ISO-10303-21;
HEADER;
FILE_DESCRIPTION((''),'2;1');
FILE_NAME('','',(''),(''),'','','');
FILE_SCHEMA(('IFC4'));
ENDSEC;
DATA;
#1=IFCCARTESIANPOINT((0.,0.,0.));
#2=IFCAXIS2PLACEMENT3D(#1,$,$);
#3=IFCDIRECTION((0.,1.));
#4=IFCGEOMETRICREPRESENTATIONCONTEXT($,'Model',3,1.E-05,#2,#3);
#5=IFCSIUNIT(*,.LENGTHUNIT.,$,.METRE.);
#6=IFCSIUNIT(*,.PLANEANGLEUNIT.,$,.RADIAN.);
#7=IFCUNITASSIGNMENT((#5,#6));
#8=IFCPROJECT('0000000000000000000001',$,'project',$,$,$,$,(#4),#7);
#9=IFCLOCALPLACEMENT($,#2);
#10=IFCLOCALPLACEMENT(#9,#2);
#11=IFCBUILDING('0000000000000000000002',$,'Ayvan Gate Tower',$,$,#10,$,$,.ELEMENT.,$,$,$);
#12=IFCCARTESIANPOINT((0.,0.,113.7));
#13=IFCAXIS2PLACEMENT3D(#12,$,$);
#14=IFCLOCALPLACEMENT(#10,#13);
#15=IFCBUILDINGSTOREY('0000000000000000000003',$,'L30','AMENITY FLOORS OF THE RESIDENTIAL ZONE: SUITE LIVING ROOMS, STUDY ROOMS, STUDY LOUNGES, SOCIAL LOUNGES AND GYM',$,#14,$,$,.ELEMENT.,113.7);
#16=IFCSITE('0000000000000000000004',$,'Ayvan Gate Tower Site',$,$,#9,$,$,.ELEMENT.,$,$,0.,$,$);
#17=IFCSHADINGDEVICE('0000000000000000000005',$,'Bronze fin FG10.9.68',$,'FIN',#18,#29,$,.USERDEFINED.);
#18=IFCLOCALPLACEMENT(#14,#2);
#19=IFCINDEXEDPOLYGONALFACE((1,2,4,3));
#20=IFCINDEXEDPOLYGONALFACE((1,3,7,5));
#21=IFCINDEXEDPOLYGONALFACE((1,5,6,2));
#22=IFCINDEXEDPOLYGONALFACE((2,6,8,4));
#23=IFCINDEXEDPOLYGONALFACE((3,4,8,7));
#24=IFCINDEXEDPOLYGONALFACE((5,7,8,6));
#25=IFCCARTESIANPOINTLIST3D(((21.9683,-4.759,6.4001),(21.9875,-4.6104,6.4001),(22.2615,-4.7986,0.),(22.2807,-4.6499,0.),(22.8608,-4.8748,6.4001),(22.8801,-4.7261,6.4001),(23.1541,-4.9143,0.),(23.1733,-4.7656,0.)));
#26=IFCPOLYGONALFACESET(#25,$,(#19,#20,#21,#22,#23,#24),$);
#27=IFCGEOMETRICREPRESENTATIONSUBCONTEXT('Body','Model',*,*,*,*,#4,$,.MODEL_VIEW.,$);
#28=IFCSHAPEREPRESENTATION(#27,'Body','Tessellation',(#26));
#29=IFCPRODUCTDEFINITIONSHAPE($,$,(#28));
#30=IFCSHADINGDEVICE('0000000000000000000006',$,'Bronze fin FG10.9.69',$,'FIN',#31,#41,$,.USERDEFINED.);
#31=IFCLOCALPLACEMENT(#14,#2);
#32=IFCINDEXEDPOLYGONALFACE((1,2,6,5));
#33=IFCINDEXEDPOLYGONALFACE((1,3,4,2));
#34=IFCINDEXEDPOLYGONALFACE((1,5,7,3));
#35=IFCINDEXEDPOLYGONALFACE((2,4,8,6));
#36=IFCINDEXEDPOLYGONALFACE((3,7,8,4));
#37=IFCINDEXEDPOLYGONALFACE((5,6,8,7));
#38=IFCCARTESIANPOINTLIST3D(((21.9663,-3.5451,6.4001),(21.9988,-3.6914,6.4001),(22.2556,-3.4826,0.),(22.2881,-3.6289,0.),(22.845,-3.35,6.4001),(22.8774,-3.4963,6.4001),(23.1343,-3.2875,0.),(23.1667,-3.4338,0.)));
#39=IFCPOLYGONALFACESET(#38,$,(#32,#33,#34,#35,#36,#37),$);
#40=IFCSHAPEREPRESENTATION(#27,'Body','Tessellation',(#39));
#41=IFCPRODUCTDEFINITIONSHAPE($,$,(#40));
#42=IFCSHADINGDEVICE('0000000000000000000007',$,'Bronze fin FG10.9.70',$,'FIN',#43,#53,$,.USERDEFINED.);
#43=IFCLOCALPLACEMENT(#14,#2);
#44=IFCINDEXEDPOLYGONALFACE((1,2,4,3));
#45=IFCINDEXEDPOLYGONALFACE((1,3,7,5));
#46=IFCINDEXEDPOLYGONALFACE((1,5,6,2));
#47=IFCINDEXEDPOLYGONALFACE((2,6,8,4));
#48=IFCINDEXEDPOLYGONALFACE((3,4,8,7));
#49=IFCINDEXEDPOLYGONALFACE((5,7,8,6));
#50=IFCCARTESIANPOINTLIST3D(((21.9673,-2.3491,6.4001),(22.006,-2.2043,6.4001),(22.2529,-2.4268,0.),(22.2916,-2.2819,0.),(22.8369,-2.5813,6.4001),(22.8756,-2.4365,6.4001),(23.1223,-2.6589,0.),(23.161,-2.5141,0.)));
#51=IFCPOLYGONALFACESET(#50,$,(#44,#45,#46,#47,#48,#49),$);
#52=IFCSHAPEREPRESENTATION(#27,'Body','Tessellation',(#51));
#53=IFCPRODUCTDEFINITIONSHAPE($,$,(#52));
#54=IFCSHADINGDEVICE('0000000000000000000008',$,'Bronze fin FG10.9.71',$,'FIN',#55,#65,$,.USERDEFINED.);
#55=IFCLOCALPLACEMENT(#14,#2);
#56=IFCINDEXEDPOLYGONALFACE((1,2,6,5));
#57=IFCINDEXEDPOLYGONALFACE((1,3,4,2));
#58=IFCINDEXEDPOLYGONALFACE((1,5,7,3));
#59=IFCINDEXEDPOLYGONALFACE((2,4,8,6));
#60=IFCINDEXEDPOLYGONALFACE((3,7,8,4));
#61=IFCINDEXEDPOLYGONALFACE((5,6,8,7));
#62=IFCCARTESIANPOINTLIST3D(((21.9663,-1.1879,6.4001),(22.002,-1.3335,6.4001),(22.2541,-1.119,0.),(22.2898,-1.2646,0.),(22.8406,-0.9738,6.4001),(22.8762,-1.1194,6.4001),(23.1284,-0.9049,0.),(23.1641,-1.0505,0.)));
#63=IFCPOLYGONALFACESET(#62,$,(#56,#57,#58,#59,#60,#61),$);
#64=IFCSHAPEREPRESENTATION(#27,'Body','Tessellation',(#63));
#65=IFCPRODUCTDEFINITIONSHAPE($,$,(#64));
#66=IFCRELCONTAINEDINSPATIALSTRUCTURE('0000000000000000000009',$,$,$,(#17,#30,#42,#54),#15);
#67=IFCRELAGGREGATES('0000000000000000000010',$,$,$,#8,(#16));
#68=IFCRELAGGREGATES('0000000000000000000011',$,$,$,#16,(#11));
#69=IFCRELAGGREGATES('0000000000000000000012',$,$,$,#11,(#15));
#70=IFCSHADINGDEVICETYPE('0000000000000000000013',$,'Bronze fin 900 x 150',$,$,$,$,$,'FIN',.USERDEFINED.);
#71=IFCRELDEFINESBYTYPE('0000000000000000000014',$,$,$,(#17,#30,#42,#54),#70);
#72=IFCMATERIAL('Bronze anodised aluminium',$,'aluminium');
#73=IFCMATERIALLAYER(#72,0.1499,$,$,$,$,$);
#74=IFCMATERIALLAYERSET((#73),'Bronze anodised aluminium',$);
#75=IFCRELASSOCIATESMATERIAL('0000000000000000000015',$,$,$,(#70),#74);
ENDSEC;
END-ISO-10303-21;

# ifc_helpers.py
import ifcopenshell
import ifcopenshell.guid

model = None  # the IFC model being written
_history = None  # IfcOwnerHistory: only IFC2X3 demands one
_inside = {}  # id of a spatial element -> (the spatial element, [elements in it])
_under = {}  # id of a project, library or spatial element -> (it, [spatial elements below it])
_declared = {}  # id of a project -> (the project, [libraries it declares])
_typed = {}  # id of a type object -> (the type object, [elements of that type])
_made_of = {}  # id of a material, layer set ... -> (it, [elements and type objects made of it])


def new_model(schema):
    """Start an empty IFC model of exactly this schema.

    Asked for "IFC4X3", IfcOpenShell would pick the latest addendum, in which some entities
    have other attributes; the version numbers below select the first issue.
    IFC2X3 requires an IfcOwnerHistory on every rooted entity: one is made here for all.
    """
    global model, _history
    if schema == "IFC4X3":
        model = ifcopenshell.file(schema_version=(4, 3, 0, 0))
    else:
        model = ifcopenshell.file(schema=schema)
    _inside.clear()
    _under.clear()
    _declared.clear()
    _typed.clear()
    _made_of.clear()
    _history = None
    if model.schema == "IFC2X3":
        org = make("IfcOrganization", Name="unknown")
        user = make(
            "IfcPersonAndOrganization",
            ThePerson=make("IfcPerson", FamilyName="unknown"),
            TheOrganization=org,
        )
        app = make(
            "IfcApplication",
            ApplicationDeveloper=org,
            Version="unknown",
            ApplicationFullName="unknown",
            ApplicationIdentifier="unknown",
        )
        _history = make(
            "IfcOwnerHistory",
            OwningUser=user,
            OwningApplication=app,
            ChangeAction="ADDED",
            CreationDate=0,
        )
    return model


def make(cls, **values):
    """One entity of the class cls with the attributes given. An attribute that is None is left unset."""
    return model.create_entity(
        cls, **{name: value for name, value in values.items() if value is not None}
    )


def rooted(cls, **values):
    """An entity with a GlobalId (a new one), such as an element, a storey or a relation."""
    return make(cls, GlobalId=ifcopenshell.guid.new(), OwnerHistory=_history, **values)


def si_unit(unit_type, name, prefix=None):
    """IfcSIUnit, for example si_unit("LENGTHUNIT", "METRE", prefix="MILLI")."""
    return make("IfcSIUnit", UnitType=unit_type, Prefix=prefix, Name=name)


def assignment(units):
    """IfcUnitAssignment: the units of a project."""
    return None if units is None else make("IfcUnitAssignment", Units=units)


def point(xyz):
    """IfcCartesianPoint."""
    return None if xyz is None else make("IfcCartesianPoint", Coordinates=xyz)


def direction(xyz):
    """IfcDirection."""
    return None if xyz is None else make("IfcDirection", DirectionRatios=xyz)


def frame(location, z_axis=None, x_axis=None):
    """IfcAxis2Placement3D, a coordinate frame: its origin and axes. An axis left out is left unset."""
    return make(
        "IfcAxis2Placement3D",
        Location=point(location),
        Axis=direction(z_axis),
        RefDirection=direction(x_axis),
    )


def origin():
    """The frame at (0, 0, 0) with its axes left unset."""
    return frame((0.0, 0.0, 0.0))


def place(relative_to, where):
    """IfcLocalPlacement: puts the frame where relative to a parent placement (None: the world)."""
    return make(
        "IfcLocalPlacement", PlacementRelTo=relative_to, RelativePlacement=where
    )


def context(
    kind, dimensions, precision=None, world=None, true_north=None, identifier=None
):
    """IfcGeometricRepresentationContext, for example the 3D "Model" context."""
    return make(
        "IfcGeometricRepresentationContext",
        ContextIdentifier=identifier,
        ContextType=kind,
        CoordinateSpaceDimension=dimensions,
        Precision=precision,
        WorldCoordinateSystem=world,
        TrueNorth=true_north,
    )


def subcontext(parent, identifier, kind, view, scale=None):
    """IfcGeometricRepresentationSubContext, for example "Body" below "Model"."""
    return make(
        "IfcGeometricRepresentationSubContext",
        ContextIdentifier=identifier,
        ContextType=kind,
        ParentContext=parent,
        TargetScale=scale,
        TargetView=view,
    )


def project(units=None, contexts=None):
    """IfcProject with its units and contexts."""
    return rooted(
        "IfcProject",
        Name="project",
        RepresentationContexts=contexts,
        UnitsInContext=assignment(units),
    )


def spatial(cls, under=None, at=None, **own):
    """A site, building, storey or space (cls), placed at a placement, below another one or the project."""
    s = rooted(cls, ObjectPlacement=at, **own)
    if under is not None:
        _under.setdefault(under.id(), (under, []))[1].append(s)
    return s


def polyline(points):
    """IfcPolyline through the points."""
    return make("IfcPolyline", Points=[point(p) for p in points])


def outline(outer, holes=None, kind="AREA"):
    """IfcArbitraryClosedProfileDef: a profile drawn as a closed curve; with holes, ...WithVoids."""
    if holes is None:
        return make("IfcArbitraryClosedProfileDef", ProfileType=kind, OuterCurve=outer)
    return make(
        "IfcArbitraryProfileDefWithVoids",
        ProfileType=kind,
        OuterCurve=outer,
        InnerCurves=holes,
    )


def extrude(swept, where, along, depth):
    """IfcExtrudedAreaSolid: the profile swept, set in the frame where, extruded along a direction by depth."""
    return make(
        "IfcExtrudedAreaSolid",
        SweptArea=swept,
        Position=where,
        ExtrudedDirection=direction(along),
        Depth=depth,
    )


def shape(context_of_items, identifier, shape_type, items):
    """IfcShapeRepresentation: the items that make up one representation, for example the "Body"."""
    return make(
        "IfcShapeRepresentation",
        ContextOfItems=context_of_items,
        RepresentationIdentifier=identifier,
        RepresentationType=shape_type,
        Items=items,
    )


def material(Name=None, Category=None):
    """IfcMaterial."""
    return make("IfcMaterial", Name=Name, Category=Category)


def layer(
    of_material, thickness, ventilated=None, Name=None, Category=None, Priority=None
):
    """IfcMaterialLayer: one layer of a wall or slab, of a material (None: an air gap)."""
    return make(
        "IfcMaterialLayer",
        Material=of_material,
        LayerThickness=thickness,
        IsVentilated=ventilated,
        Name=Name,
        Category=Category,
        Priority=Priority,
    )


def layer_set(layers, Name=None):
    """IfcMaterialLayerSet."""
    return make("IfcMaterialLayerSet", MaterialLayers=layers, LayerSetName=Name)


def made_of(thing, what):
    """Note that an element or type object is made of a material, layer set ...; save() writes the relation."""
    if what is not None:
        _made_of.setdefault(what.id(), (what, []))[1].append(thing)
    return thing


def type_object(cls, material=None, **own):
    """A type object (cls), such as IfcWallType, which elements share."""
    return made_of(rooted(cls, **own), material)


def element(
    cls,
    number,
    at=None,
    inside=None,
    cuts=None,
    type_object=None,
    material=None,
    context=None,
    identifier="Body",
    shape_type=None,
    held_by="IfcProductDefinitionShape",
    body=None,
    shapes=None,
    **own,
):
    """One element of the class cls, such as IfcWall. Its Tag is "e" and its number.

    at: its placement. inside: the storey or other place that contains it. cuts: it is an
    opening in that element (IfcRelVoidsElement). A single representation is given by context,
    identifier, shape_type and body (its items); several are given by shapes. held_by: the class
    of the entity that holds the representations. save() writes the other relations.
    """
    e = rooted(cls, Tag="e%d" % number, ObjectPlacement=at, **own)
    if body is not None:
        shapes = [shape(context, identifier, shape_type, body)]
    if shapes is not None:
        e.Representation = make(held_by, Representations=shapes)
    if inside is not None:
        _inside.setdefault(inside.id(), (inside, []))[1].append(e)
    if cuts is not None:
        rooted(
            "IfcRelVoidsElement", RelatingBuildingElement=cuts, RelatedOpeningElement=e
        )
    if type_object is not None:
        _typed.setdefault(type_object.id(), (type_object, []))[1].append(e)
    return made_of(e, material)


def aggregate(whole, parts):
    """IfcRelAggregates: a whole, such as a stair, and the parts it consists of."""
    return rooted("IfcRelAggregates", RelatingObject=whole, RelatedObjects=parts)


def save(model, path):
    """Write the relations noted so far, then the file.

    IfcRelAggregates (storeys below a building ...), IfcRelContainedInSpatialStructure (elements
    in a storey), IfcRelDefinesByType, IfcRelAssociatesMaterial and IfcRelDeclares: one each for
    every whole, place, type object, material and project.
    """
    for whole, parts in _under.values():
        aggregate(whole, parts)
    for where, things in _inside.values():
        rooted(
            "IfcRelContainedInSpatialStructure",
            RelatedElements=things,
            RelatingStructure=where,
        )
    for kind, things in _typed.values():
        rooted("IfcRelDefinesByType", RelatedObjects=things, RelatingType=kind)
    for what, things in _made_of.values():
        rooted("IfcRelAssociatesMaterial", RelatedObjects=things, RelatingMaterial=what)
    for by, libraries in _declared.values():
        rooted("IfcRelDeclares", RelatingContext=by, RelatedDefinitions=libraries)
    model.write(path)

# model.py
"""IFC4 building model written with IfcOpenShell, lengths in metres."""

from ifc_helpers import new_model, si_unit, direction, frame, origin, place, context, subcontext, project, spatial, polyline, outline, extrude, material, layer, layer_set, type_object, element, save


model = new_model("IFC4")

# Units and contexts
model_context = context("Model", 3, precision=1e-05, world=origin(), true_north=direction((0.0, 1.0)))
body_context = subcontext(model_context, "Body", "Model", "MODEL_VIEW")
ifc_project = project(units=[si_unit("LENGTHUNIT", "METRE"), si_unit("PLANEANGLEUNIT", "RADIAN")], contexts=[model_context])

# Site, building, storey
site_placement = place(None, origin())
site = spatial("IfcSite", under=ifc_project, at=site_placement, Name="Ayvan Gate Tower Site", CompositionType="ELEMENT", RefElevation=0.0)
building_placement = place(site_placement, origin())
building = spatial("IfcBuilding", under=site, at=building_placement, Name="Ayvan Gate Tower", CompositionType="ELEMENT")
storey_placement = place(building_placement, frame((0.0, 0.0, 113.7)))
storey = spatial("IfcBuildingStorey", under=building, at=storey_placement, Name="L30", Description="AMENITY FLOORS OF THE RESIDENTIAL ZONE: SUITE LIVING ROOMS, STUDY ROOMS, STUDY LOUNGES, SOCIAL LOUNGES AND GYM", CompositionType="ELEMENT", Elevation=113.7)

# Shared definitions
ifc_material_1 = material(Name="Bronze anodised aluminium", Category="aluminium")

# Shading devices
ifc_layer_1 = layer(ifc_material_1, 0.1499)
ifc_layer_set_1 = layer_set([ifc_layer_1], Name="Bronze anodised aluminium")
shading_device_type = type_object("IfcShadingDeviceType", Name="Bronze fin 900 x 150", ElementType="FIN", PredefinedType="USERDEFINED", material=ifc_layer_set_1)
shading_device_1_placement = place(storey_placement, frame((22.2615, -4.7986, 0.0), z_axis=(-0.128574, -0.9917, 0.000238), x_axis=(0.9917, -0.128574, 0.0)))
element("IfcShadingDevice", 1, at=shading_device_1_placement, inside=storey, type_object=shading_device_type, Name="Bronze fin FG10.9.68", ObjectType="FIN", PredefinedType="USERDEFINED", context=body_context, shape_type="SweptSolid", body=[
    extrude(outline(polyline([(0.0, 0.0), (0.9, 0.0), (0.6042, 6.4001), (-0.2959, 6.4001), (0.0, 0.0)])), origin(), (0.0, 0.0, -1.0), 0.1499),
])
shading_device_2_placement = place(storey_placement, frame((22.2881, -3.6289, 0.0), z_axis=(0.216729, -0.976232, 0.000264), x_axis=(0.976232, 0.216729, 0.0)))
element("IfcShadingDevice", 2, at=shading_device_2_placement, inside=storey, type_object=shading_device_type, Name="Bronze fin FG10.9.69", ObjectType="FIN", PredefinedType="USERDEFINED", context=body_context, shape_type="SweptSolid", body=[
    extrude(outline(polyline([(0.0, 0.0), (0.9001, 0.0), (0.6041, 6.4001), (-0.296, 6.4001), (0.0, 0.0)])), origin(), (0.0, 0.0, -1.0), 0.1499),
])
shading_device_3_placement = place(storey_placement, frame((22.2529, -2.4268, 0.0), z_axis=(-0.257983, -0.966149, 0.000211), x_axis=(0.966149, -0.257983, 0.0)))
element("IfcShadingDevice", 3, at=shading_device_3_placement, inside=storey, type_object=shading_device_type, Name="Bronze fin FG10.9.70", ObjectType="FIN", PredefinedType="USERDEFINED", context=body_context, shape_type="SweptSolid", body=[
    extrude(outline(polyline([(0.0, 0.0), (0.8999, 0.0), (0.6041, 6.4001), (-0.296, 6.4001), (0.0, 0.0)])), origin(), (0.0, 0.0, -1.0), 0.1499),
])
shading_device_4_placement = place(storey_placement, frame((22.2898, -1.2646, 0.0), z_axis=(0.237874, -0.971296, 0.00025), x_axis=(0.971296, 0.237874, 0.0)))
element("IfcShadingDevice", 4, at=shading_device_4_placement, inside=storey, type_object=shading_device_type, Name="Bronze fin FG10.9.71", ObjectType="FIN", PredefinedType="USERDEFINED", context=body_context, shape_type="SweptSolid", body=[
    extrude(outline(polyline([(0.0, 0.0), (0.9001, 0.0), (0.6041, 6.4001), (-0.296, 6.4001), (0.0, 0.0)])), origin(), (0.0, 0.0, -1.0), 0.1499),
])

save(model, "model.ifc")
